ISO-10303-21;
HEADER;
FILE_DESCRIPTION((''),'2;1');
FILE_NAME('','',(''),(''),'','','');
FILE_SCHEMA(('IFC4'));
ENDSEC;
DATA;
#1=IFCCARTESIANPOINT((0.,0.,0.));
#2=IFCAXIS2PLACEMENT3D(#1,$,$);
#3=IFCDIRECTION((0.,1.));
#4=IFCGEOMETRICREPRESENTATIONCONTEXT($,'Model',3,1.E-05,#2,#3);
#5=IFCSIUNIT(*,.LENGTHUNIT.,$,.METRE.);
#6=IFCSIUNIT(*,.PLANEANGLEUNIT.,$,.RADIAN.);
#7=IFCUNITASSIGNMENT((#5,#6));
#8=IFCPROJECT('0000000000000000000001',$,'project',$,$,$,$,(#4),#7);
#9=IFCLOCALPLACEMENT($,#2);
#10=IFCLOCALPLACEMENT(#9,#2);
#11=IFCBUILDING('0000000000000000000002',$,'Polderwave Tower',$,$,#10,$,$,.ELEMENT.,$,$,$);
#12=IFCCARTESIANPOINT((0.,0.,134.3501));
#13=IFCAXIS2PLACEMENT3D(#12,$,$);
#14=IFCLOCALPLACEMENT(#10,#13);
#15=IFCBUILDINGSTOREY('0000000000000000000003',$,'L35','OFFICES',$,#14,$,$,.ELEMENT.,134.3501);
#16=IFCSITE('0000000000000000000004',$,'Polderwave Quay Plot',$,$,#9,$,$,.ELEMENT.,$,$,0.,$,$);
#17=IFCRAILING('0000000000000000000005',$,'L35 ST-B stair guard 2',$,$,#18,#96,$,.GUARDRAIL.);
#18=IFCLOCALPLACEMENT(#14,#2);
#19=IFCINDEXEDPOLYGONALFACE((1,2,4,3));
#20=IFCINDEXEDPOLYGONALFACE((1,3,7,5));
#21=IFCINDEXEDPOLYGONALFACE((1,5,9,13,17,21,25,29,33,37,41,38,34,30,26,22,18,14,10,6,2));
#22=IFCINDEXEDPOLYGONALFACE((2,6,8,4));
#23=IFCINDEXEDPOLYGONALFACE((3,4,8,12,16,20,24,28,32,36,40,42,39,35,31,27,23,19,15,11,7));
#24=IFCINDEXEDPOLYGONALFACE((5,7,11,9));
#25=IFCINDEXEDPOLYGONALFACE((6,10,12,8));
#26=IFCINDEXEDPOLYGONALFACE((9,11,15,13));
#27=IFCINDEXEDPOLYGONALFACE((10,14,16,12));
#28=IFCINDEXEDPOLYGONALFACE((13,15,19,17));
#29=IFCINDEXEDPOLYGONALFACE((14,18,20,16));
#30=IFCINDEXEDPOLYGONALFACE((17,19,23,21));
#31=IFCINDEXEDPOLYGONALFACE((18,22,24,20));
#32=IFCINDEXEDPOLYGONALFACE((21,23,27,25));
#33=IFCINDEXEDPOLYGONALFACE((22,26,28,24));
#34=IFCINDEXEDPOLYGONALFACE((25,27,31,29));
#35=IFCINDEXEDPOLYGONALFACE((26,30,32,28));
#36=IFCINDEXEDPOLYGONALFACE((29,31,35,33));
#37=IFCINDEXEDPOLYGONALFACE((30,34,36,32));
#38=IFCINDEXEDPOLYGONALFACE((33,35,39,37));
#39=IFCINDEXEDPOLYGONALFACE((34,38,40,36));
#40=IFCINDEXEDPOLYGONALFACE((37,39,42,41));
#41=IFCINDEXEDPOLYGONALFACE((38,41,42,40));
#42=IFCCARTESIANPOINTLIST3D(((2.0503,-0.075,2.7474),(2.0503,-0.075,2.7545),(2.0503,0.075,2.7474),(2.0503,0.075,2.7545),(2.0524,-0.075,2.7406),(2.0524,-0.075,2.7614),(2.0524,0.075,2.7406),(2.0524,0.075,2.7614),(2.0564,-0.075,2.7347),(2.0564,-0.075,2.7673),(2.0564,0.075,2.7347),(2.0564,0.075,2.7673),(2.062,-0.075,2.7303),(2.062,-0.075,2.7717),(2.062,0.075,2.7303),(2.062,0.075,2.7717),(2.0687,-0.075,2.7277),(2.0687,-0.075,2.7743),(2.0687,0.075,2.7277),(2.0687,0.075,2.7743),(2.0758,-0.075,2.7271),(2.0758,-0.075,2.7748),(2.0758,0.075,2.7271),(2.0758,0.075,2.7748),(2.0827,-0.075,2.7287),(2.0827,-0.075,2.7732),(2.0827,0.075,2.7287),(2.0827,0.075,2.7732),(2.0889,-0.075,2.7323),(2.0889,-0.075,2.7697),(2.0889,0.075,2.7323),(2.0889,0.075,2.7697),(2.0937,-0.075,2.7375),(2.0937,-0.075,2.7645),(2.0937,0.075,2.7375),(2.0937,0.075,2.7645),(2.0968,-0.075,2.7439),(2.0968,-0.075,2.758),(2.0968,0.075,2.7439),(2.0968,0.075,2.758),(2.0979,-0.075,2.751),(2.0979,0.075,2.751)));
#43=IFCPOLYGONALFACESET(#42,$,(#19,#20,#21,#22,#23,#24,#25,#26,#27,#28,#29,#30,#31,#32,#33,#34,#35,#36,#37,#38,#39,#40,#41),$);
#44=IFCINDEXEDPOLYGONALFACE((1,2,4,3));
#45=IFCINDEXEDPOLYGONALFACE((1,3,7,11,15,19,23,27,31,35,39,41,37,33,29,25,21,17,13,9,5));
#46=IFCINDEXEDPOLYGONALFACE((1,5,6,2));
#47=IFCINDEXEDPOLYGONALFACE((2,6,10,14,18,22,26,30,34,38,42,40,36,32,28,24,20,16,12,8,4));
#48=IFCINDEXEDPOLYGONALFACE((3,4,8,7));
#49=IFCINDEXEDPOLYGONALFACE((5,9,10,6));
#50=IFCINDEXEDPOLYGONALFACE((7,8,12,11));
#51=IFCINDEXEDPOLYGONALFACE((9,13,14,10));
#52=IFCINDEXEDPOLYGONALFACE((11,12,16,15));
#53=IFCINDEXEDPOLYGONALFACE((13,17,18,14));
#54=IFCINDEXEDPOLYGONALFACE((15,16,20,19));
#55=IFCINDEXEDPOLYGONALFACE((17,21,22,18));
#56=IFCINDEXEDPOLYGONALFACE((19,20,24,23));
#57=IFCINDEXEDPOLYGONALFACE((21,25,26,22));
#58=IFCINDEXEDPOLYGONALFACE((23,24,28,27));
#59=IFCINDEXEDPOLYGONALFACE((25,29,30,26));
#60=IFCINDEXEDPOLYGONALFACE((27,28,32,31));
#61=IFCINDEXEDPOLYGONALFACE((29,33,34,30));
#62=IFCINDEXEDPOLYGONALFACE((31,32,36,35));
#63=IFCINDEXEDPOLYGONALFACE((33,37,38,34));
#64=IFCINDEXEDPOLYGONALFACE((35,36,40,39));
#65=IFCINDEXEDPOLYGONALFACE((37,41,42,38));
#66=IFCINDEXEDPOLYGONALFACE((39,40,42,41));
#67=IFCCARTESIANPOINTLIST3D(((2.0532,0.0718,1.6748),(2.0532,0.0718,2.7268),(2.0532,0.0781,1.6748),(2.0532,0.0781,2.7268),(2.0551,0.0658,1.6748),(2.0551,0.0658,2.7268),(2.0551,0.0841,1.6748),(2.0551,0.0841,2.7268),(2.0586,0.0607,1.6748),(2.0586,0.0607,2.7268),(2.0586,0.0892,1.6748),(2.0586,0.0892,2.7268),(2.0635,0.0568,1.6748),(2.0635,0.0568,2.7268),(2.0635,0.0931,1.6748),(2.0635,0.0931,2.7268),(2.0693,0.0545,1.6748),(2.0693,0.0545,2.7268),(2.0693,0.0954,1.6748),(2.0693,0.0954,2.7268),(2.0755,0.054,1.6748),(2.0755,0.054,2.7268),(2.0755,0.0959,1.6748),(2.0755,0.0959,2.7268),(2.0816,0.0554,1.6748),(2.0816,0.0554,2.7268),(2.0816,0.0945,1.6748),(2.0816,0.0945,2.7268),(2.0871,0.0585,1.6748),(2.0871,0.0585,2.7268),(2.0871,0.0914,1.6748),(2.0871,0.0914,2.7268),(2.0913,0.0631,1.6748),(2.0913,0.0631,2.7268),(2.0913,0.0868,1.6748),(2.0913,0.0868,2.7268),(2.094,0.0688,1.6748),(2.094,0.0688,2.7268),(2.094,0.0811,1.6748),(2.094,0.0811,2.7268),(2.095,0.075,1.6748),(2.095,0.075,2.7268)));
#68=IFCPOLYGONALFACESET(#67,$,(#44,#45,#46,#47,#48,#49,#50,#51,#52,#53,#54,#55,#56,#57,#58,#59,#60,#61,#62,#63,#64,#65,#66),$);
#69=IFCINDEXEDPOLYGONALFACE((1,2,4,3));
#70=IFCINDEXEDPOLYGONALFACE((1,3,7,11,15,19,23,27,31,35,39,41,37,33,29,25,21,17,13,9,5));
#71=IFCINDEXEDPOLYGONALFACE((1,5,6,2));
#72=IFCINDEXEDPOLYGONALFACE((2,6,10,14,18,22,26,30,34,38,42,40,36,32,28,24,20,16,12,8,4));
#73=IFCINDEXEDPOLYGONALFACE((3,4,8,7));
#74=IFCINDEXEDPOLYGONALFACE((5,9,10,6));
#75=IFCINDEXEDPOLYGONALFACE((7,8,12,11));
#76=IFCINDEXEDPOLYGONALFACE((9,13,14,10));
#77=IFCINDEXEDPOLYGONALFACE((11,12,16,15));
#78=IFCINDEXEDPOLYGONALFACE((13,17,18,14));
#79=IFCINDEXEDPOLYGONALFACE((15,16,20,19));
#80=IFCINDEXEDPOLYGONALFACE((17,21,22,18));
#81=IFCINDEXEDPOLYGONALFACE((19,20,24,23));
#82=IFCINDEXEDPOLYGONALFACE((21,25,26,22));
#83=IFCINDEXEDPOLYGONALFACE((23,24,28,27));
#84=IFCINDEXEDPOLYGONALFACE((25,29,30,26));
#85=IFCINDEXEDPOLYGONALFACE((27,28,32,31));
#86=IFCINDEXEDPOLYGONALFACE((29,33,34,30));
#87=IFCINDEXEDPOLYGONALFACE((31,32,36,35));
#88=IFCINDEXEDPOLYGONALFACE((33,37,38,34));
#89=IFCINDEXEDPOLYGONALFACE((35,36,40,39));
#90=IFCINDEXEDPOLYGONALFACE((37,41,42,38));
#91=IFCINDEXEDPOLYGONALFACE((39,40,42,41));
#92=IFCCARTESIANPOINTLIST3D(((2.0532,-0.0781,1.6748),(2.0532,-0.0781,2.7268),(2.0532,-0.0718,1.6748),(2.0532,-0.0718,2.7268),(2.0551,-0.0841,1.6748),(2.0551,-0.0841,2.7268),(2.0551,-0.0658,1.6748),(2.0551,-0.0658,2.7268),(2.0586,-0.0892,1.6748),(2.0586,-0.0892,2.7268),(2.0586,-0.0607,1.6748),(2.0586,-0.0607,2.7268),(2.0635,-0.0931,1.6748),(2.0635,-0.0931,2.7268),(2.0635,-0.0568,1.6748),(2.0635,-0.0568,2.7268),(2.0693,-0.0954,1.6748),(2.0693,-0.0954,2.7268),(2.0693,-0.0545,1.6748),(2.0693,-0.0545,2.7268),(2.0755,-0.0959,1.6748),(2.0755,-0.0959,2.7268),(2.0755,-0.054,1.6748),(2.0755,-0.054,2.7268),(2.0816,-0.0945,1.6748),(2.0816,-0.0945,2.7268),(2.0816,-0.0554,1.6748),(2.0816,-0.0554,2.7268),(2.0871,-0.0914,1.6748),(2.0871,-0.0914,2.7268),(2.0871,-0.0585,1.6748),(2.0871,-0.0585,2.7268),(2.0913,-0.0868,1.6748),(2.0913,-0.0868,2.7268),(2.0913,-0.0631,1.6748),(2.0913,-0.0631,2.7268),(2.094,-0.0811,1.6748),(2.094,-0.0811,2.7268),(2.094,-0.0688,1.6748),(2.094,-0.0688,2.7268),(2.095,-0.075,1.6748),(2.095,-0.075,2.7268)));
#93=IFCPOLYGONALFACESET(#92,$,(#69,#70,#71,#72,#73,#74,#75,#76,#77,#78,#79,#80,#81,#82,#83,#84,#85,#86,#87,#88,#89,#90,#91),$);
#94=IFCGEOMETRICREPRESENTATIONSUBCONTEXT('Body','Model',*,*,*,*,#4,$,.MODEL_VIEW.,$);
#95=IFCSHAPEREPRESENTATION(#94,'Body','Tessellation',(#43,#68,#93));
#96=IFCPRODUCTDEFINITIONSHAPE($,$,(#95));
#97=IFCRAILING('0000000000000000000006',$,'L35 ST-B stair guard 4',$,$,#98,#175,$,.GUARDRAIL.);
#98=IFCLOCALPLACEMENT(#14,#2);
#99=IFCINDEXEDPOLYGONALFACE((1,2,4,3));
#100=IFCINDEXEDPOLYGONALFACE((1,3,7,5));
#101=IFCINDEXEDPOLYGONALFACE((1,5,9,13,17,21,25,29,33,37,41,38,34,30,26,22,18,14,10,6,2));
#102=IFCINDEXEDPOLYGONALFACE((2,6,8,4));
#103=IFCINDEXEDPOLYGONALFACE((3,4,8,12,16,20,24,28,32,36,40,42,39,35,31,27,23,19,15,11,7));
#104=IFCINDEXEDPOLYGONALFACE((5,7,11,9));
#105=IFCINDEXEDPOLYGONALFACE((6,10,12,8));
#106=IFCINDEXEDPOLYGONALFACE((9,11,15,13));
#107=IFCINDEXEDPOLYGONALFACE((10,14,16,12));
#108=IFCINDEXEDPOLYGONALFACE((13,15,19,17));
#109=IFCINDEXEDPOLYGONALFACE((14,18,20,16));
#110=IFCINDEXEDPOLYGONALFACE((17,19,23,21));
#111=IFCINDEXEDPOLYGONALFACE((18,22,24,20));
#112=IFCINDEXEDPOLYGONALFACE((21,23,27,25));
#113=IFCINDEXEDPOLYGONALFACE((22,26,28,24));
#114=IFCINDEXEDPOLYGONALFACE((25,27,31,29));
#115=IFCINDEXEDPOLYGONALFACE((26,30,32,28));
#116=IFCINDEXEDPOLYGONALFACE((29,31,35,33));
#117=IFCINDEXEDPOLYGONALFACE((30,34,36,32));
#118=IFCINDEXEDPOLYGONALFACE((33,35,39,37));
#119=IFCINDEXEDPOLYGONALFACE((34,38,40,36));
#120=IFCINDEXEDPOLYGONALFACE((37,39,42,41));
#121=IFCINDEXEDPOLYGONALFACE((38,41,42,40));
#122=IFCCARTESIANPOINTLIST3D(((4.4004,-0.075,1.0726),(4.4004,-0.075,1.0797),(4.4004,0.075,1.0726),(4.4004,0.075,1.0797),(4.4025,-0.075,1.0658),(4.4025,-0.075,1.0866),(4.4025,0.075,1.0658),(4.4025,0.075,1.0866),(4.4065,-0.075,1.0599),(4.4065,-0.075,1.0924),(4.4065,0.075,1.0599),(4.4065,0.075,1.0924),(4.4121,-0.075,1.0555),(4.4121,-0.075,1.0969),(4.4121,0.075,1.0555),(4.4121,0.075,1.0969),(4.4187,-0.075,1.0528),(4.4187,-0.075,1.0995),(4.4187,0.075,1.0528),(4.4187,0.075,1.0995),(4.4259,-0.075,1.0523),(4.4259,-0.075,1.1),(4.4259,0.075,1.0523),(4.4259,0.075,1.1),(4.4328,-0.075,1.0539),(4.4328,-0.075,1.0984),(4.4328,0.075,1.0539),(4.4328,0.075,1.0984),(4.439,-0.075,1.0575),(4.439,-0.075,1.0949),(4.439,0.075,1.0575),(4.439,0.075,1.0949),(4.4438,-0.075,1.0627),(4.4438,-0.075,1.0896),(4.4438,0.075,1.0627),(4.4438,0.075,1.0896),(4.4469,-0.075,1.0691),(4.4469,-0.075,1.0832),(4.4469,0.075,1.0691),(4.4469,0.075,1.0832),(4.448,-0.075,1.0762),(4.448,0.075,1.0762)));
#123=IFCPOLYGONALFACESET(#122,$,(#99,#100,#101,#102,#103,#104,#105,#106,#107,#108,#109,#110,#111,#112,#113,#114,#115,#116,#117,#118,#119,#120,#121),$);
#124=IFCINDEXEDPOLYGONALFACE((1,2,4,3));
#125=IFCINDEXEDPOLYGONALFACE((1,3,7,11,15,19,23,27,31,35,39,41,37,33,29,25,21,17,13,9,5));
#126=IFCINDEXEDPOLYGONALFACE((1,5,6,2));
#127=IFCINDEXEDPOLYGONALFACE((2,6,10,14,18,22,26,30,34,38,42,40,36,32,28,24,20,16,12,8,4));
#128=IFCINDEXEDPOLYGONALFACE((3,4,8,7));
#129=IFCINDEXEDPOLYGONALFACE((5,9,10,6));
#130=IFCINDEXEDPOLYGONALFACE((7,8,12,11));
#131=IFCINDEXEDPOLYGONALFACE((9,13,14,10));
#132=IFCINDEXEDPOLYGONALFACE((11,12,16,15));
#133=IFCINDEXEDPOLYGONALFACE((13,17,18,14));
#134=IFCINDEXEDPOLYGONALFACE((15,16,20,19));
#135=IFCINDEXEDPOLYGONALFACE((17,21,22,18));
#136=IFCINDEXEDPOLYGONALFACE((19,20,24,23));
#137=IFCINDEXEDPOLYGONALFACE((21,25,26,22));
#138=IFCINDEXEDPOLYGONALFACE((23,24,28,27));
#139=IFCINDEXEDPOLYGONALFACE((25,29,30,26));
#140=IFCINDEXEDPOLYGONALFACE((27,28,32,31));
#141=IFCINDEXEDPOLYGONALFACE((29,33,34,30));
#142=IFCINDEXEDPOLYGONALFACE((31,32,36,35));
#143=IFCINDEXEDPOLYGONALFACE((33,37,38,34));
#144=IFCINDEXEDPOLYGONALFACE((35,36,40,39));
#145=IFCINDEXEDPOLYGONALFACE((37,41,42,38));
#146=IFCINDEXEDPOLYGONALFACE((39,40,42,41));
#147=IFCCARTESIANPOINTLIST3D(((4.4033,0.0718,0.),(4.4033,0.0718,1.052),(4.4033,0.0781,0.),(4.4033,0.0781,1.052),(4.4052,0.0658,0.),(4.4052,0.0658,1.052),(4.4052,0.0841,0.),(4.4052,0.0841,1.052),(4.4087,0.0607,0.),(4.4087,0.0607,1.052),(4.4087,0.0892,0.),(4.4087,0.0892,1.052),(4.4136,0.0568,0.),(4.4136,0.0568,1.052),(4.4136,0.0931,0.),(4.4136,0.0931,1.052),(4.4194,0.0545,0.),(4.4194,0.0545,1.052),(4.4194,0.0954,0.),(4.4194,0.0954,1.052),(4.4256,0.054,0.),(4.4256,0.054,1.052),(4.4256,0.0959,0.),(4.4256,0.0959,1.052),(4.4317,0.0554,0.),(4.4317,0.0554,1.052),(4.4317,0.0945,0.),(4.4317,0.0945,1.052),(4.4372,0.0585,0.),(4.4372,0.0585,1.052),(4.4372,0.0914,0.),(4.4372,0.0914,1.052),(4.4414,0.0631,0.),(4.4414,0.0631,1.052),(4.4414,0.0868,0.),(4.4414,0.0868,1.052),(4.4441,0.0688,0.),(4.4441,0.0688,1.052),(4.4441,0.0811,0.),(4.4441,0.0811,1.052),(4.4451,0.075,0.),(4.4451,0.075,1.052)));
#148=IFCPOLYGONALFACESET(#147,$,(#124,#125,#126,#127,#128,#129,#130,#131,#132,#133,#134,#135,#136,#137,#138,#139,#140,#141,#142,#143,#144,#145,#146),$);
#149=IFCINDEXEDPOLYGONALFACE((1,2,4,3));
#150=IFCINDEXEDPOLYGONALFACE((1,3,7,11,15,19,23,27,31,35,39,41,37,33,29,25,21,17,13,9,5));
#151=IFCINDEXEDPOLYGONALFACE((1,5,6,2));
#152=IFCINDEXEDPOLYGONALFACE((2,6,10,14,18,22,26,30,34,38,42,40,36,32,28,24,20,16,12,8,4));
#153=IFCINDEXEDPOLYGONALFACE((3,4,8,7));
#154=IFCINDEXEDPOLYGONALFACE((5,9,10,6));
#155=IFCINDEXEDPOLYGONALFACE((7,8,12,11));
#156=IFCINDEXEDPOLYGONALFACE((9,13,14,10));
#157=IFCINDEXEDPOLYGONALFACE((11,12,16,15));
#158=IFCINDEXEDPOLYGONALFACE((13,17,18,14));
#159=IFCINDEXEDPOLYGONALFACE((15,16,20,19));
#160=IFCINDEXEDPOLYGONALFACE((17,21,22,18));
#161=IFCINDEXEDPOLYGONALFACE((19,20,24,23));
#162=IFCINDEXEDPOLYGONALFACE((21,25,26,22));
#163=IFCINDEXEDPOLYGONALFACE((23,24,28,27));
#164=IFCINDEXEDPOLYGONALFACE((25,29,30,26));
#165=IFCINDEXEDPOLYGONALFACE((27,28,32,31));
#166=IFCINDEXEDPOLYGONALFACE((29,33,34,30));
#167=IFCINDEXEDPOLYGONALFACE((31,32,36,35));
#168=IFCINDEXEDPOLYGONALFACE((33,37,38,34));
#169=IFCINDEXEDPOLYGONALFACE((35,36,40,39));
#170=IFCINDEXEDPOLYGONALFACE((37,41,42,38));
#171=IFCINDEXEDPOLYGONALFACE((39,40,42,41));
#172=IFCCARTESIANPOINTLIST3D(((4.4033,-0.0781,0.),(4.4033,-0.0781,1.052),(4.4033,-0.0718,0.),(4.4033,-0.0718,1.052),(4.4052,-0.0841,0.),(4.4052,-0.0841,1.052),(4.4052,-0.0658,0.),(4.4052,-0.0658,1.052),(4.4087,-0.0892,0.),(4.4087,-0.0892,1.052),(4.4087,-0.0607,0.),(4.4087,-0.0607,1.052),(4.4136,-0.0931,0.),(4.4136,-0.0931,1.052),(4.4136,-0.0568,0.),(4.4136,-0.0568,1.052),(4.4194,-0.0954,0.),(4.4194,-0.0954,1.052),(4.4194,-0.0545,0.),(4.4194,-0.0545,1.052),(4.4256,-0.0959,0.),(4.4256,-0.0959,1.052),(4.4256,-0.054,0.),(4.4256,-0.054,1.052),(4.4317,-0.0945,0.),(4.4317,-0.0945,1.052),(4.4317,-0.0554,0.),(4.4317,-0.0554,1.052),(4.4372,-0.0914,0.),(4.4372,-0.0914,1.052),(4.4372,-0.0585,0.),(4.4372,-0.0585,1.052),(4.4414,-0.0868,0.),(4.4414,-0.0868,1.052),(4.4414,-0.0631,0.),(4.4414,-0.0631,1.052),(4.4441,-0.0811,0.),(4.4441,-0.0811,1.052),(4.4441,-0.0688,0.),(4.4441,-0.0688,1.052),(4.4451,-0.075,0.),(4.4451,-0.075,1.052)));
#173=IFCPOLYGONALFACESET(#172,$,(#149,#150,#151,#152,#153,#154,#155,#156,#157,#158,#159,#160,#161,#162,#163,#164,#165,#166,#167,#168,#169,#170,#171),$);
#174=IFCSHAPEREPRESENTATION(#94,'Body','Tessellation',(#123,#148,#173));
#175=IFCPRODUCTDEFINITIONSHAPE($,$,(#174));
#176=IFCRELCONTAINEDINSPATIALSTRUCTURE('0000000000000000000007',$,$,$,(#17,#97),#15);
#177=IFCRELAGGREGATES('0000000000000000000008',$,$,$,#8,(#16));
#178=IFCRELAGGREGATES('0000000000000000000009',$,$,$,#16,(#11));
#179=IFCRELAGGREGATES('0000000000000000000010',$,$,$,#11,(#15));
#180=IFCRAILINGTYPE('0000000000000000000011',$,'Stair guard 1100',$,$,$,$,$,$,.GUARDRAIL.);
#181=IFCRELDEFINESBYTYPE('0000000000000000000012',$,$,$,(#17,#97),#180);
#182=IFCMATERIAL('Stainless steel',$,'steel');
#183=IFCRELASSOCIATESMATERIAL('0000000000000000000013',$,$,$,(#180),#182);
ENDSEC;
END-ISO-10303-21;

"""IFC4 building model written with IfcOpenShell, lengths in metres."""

from ifc_helpers import new_model, si_unit, direction, frame, origin, origin_2d, place, context, subcontext, project, spatial, circle, extrude, material, type_object, element, save


model = new_model("IFC4")

# Units and contexts
model_context = context("Model", 3, precision=1e-05, world=origin(), true_north=direction((0.0, 1.0)))
body_context = subcontext(model_context, "Body", "Model", "MODEL_VIEW")
ifc_project = project(units=[si_unit("LENGTHUNIT", "METRE"), si_unit("PLANEANGLEUNIT", "RADIAN")], contexts=[model_context])

# Site, building, storey
site_placement = place(None, origin())
site = spatial("IfcSite", under=ifc_project, at=site_placement, Name="Polderwave Quay Plot", CompositionType="ELEMENT", RefElevation=0.0)
building_placement = place(site_placement, origin())
building = spatial("IfcBuilding", under=site, at=building_placement, Name="Polderwave Tower", CompositionType="ELEMENT")
storey_placement = place(building_placement, frame((0.0, 0.0, 134.3501)))
storey = spatial("IfcBuildingStorey", under=building, at=storey_placement, Name="L35", Description="OFFICES", CompositionType="ELEMENT", Elevation=134.3501)

# Shared definitions
ifc_material_1 = material(Name="Stainless steel", Category="steel")

# Railings
railing_type_1 = type_object("IfcRailingType", Name="Stair guard 1100", PredefinedType="GUARDRAIL", material=ifc_material_1)
for number, where, name in (
    (1, (2.074, 0.075, 1.6748), "L35 ST-B stair guard 2"),
    (2, (4.4241, 0.075, 0.0), "L35 ST-B stair guard 4"),
):
    element("IfcRailing", number, at=place(storey_placement, frame(where)), inside=storey, type_object=railing_type_1, Name=name, PredefinedType="GUARDRAIL", context=body_context, shape_type="SweptSolid", body=[
        extrude(circle(Radius=0.0239, at=origin_2d()), frame((0.0, 0.0, 1.0762), z_axis=(0.0, -1.0, 0.0), x_axis=(1.0, 0.0, 0.0)), (0.0, 0.0, 1.0), 0.1499),
        extrude(circle(Radius=0.021, at=origin_2d()), origin(), (0.0, 0.0, 1.0), 1.052),
        extrude(circle(Radius=0.021, at=origin_2d()), frame((0.0, -0.1499, 0.0)), (0.0, 0.0, 1.0), 1.052),
    ])

save(model, "model.ifc")
